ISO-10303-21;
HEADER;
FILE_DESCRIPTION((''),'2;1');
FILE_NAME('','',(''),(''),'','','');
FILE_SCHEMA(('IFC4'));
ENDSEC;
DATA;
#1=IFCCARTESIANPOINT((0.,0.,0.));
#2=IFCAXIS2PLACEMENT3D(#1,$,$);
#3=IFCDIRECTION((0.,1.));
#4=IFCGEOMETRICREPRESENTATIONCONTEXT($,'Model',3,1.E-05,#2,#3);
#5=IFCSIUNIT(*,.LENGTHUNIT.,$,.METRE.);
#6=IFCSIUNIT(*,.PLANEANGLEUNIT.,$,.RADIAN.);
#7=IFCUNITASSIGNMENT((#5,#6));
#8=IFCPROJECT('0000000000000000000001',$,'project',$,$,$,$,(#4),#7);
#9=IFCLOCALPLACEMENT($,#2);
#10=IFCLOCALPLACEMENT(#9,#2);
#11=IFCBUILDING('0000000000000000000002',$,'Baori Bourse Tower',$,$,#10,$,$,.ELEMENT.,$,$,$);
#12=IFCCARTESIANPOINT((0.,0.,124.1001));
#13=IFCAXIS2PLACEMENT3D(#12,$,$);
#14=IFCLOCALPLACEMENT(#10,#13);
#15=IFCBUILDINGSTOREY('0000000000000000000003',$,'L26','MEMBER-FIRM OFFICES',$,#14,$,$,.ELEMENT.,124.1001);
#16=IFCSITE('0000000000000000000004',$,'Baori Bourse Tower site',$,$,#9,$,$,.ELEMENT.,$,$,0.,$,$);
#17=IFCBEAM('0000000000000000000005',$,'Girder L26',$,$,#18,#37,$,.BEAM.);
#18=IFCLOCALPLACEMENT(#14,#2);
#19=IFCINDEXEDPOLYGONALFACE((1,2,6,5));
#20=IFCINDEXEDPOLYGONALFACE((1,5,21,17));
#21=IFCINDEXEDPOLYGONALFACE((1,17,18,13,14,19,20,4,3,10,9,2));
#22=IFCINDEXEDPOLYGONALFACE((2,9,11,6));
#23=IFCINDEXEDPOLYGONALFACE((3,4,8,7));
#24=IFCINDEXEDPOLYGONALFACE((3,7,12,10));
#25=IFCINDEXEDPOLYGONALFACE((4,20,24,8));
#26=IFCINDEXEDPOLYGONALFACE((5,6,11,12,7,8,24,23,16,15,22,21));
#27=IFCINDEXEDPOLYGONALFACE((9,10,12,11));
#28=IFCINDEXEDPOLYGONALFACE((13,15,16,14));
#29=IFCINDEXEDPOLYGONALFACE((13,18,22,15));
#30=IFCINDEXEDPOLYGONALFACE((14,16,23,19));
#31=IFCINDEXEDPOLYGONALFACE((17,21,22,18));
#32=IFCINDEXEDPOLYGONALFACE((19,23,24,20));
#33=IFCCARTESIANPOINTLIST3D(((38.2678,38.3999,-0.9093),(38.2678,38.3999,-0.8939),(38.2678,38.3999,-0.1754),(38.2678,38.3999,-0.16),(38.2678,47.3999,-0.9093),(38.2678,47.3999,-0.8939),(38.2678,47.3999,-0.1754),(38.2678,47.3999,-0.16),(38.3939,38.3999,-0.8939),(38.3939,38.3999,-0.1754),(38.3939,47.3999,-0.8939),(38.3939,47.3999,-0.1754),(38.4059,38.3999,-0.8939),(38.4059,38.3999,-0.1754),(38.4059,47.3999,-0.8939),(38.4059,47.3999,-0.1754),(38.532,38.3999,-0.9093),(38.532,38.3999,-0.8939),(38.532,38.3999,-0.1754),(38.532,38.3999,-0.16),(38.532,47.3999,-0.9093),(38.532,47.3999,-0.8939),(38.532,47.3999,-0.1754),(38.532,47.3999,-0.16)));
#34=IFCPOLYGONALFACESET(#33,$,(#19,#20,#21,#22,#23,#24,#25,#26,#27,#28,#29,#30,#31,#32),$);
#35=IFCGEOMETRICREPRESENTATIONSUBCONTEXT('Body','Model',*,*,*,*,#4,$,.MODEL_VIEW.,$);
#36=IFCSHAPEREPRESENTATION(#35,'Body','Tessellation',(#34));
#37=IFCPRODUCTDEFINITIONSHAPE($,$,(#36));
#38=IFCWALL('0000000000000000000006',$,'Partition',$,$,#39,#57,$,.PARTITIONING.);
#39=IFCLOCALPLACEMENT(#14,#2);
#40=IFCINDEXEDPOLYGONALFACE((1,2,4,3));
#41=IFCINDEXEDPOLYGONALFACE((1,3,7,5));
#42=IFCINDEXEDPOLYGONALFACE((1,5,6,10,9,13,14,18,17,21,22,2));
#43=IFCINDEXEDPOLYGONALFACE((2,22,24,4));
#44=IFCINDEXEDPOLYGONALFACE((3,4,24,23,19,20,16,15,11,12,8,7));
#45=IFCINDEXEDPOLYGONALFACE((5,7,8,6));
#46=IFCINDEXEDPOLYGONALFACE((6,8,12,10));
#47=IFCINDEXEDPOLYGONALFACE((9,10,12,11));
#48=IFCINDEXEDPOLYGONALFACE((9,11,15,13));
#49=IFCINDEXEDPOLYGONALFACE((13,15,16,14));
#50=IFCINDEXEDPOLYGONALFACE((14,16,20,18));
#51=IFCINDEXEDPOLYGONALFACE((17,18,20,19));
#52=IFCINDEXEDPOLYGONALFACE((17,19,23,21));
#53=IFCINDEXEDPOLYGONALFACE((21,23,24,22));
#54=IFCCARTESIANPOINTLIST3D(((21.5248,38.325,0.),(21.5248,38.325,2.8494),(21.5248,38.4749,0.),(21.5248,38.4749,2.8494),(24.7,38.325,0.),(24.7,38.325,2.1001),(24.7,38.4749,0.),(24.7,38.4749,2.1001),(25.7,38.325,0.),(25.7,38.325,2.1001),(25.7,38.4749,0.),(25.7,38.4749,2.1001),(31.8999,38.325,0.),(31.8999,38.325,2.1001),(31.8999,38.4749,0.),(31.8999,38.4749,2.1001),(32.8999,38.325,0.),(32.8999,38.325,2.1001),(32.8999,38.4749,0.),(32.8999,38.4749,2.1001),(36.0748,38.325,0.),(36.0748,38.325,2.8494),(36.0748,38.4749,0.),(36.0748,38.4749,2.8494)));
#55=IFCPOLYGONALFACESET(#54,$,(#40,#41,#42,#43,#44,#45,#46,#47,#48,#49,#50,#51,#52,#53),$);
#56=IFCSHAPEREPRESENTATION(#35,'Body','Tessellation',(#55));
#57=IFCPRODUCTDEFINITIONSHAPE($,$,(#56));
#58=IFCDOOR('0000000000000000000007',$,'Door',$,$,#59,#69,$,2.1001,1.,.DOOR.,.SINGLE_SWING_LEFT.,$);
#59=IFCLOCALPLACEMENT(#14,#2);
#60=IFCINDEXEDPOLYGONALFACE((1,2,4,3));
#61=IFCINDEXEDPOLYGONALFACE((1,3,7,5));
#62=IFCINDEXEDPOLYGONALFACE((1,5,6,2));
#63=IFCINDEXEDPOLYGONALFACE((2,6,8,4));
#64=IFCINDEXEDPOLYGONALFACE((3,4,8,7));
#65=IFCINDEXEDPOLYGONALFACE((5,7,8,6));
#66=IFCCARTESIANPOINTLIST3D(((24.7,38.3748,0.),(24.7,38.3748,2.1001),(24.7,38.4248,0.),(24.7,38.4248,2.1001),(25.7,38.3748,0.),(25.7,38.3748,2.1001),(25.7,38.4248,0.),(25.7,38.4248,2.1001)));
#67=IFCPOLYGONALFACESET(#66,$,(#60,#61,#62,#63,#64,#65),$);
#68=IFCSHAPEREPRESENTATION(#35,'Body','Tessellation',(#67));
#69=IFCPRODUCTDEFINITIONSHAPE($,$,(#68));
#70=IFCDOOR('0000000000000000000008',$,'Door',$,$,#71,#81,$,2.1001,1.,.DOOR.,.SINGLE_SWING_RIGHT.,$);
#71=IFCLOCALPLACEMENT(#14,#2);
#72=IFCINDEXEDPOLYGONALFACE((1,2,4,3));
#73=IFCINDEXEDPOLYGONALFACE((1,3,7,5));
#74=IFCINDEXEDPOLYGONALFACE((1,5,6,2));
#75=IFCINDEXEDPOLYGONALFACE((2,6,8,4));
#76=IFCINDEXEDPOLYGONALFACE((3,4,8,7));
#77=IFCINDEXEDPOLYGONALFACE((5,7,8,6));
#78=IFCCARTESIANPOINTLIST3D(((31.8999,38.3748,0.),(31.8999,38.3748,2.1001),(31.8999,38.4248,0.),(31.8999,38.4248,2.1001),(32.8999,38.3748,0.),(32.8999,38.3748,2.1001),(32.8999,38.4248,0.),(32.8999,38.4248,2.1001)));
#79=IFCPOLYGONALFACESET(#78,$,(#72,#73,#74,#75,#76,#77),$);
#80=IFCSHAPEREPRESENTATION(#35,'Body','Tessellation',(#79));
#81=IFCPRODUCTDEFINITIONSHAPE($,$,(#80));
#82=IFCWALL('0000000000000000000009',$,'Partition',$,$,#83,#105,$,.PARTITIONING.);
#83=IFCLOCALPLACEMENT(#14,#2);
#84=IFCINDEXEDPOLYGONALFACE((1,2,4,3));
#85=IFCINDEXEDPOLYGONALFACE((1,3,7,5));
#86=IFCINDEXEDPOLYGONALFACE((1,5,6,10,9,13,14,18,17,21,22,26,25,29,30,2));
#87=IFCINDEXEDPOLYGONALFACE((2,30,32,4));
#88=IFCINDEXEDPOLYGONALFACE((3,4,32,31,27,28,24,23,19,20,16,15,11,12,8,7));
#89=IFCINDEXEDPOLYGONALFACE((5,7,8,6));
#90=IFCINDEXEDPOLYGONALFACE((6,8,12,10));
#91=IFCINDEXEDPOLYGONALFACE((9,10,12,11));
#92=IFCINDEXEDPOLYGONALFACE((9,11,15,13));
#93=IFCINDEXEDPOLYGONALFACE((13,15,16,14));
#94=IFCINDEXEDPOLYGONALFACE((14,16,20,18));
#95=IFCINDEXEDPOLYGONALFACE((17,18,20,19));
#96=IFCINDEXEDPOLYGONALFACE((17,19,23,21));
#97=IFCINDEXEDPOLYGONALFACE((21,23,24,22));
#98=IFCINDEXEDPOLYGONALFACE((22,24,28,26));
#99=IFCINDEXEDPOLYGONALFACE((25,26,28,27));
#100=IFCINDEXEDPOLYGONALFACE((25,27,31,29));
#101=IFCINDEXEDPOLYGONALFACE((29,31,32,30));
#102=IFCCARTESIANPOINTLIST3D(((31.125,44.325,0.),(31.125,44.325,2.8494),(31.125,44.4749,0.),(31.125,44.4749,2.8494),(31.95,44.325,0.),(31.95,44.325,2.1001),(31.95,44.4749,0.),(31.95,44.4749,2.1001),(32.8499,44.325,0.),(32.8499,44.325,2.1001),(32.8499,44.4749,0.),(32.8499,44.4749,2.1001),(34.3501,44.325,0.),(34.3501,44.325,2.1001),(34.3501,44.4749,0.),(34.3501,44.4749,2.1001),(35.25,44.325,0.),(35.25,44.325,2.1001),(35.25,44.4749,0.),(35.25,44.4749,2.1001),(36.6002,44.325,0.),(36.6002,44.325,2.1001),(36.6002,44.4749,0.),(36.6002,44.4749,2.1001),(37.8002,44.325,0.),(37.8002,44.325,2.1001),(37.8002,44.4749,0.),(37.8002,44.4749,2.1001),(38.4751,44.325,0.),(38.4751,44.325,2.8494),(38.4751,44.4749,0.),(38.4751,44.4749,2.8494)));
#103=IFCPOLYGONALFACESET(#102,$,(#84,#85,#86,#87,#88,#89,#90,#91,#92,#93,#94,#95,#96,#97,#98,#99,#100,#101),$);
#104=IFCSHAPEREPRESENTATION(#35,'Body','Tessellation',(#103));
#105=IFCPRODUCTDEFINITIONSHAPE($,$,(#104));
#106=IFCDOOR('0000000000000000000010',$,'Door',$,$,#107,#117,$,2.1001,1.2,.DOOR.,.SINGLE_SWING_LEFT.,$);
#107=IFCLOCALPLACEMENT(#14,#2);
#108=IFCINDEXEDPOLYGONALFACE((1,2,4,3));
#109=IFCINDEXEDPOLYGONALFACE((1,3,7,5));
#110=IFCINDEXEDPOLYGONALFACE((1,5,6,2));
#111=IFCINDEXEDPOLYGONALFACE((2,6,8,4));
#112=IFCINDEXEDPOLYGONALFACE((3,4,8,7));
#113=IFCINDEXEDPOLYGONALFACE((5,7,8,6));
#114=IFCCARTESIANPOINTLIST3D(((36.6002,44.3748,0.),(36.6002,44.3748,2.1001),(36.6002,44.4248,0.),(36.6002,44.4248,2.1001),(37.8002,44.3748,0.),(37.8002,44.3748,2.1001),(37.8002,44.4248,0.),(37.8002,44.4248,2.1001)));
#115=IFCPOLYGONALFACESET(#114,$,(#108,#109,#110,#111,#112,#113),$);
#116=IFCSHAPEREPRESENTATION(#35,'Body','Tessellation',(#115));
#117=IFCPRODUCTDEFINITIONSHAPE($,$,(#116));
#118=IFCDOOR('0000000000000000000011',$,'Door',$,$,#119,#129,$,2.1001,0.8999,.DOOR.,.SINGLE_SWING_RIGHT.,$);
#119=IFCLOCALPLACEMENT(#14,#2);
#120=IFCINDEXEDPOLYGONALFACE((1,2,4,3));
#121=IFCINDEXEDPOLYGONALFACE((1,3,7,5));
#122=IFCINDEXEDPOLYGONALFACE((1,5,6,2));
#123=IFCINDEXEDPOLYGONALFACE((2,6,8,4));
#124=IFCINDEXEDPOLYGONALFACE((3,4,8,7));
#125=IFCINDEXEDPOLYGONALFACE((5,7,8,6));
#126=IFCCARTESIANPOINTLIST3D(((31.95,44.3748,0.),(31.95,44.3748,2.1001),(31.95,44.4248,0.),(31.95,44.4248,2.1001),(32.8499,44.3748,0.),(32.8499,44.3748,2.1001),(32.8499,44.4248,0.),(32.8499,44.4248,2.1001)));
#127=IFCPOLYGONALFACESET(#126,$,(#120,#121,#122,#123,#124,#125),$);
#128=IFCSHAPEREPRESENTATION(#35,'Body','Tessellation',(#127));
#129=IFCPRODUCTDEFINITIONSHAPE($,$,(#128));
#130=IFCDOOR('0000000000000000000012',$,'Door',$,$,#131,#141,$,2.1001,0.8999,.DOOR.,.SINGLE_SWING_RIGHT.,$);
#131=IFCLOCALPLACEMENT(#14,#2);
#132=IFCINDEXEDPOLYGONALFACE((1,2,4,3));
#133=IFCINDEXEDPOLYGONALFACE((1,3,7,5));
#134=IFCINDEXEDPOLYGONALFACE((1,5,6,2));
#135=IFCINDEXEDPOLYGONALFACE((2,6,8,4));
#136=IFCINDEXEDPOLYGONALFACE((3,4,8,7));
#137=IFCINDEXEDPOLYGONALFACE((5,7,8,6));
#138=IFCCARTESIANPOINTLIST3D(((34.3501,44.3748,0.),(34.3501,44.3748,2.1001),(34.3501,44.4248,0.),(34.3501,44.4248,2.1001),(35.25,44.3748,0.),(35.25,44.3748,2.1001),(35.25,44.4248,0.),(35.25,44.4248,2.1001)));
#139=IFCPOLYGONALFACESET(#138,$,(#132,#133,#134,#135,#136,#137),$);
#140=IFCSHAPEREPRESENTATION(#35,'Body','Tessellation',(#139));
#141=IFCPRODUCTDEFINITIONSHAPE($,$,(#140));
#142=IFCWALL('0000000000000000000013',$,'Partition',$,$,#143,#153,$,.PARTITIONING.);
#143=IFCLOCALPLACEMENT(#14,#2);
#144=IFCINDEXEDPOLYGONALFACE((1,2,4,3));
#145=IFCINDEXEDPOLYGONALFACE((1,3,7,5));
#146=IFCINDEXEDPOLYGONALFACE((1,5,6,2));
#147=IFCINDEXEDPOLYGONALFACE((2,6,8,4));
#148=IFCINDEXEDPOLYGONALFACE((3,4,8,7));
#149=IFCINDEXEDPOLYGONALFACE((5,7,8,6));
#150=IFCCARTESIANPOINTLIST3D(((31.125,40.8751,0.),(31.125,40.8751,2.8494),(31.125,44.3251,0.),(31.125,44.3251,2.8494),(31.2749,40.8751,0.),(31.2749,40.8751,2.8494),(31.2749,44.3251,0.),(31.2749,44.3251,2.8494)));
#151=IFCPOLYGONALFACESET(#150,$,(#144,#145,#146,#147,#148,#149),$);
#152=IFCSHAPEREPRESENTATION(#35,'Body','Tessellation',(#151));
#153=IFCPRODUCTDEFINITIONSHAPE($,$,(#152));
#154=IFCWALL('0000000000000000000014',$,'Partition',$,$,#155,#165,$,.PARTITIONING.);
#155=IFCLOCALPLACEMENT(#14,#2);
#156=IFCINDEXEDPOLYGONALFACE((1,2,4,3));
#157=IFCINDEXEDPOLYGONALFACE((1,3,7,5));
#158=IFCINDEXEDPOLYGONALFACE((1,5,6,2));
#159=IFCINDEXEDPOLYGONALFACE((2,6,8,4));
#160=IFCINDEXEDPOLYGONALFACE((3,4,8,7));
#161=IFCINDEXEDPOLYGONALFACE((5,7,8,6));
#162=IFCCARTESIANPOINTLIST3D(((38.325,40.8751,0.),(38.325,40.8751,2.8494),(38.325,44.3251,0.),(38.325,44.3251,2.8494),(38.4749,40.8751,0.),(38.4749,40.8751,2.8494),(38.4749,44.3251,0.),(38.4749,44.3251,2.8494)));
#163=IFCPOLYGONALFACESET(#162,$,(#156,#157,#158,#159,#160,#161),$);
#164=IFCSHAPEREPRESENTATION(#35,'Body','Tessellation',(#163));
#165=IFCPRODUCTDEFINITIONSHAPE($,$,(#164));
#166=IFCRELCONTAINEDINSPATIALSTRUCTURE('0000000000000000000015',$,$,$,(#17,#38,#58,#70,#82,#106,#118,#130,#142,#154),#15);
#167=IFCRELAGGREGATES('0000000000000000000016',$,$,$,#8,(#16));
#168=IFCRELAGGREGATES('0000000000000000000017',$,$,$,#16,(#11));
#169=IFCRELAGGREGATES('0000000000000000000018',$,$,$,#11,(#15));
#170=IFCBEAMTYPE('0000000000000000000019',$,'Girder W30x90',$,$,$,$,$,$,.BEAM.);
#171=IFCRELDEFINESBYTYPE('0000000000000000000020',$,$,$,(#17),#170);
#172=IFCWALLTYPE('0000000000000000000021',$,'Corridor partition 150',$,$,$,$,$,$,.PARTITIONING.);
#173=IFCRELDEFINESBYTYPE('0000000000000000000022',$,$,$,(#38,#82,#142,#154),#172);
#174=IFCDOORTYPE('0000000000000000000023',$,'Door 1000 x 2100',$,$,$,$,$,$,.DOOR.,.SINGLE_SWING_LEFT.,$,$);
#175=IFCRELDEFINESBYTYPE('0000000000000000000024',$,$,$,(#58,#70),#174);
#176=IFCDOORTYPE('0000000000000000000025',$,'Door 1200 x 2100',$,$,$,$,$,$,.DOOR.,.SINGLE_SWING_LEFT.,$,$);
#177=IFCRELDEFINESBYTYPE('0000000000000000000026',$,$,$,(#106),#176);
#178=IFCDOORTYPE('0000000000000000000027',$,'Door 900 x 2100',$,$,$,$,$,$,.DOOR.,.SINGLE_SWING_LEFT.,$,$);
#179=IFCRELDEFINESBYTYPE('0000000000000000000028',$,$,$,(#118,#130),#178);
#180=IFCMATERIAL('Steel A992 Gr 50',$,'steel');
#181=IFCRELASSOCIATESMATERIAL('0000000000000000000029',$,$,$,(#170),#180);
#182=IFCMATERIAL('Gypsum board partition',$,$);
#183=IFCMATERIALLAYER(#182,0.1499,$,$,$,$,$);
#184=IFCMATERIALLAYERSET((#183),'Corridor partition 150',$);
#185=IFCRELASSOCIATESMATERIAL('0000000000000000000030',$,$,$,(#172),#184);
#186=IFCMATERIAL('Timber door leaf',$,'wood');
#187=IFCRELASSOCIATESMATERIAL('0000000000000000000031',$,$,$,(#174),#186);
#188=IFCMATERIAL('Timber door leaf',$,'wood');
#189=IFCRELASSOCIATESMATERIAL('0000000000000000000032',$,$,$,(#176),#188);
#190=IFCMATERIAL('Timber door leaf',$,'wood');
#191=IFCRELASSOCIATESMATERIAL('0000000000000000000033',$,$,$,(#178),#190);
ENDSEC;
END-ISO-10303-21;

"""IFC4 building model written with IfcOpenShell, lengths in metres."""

from ifc_helpers import new_model, si_unit, direction, frame, frame_2d, origin, origin_2d, place, context, subcontext, project, spatial, rectangle, i_section, extrude, material, layer, layer_set, material_profile, profile_set, type_object, element, fill, save


model = new_model("IFC4")

# Units and contexts
model_context = context("Model", 3, precision=1e-05, world=origin(), true_north=direction((0.0, 1.0)))
body_context = subcontext(model_context, "Body", "Model", "MODEL_VIEW")
ifc_project = project(units=[si_unit("LENGTHUNIT", "METRE"), si_unit("PLANEANGLEUNIT", "RADIAN")], contexts=[model_context])

# Site, building, storey
site_placement = place(None, origin())
site = spatial("IfcSite", under=ifc_project, at=site_placement, Name="Baori Bourse Tower site", CompositionType="ELEMENT", RefElevation=0.0)
building_placement = place(site_placement, origin())
building = spatial("IfcBuilding", under=site, at=building_placement, Name="Baori Bourse Tower", CompositionType="ELEMENT")
storey_placement = place(building_placement, frame((0.0, 0.0, 124.1001)))
storey = spatial("IfcBuildingStorey", under=building, at=storey_placement, Name="L26", Description="MEMBER-FIRM OFFICES", CompositionType="ELEMENT", Elevation=124.1001)

# Beam
ifc_material_1 = material(Name="Steel A992 Gr 50", Category="steel")
ifc_material_profile = material_profile(ifc_material_1, i_section(OverallWidth=0.2642, OverallDepth=0.7493, WebThickness=0.012, FlangeThickness=0.0154, at=origin_2d()), Name="W30x90")
ifc_profile_set = profile_set([ifc_material_profile], Name="Steel A992 Gr 50")
beam_type = type_object("IfcBeamType", Name="Girder W30x90", PredefinedType="BEAM", material=ifc_profile_set)
beam_placement = place(storey_placement, frame((38.3999, 38.3999, -0.5347), z_axis=(0.0, 1.0, 0.0), x_axis=(-1.0, 0.0, 0.0)))
element("IfcBeam", 1, at=beam_placement, inside=storey, type_object=beam_type, Name="Girder L26", PredefinedType="BEAM", context=body_context, shape_type="SweptSolid", body=[
    extrude(i_section(OverallWidth=0.2642, OverallDepth=0.7493, WebThickness=0.012, FlangeThickness=0.0154, at=origin_2d()), origin(), (0.0, 0.0, 1.0), 9.0),
])

# Walls, openings, doors
ifc_material_2 = material(Name="Gypsum board partition")
ifc_layer_1 = layer(ifc_material_2, 0.1499)
ifc_layer_set_1 = layer_set([ifc_layer_1], Name="Corridor partition 150")
wall_type_1 = type_object("IfcWallType", Name="Corridor partition 150", PredefinedType="PARTITIONING", material=ifc_layer_set_1)
wall_1_placement = place(storey_placement, frame((21.5249, 38.3999, 0.0), z_axis=(0.0, 0.0, 1.0), x_axis=(1.0, 0.0, 0.0)))
wall_1 = element("IfcWall", 2, at=wall_1_placement, inside=storey, type_object=wall_type_1, Name="Partition", PredefinedType="PARTITIONING", context=body_context, shape_type="SweptSolid", body=[
    extrude(rectangle(XDim=14.55, YDim=0.1499, at=frame_2d((7.2749, 0.0))), origin(), (0.0, 0.0, 1.0), 2.8494),
])
opening_1_placement = place(wall_1_placement, frame((3.175, 0.0, 0.0)))
opening_1 = element("IfcOpeningElement", 3, at=opening_1_placement, cuts=wall_1, PredefinedType="OPENING", context=body_context, shape_type="SweptSolid", body=[
    extrude(rectangle(XDim=1.0, YDim=2.1001, at=frame_2d((0.5, 1.05))), frame((0.0, 0.085, 0.0), z_axis=(0.0, -1.0, 0.0), x_axis=(1.0, 0.0, 0.0)), (0.0, 0.0, 1.0), 0.1699),
])
opening_2_placement = place(wall_1_placement, frame((10.375, 0.0, 0.0)))
opening_2 = element("IfcOpeningElement", 4, at=opening_2_placement, cuts=wall_1, PredefinedType="OPENING", context=body_context, shape_type="SweptSolid", body=[
    extrude(rectangle(XDim=1.0, YDim=2.1001, at=frame_2d((0.5, 1.05))), frame((0.0, 0.085, 0.0), z_axis=(0.0, -1.0, 0.0), x_axis=(1.0, 0.0, 0.0)), (0.0, 0.0, 1.0), 0.1699),
])
ifc_material_3 = material(Name="Timber door leaf", Category="wood")
door_type_1 = type_object("IfcDoorType", Name="Door 1000 x 2100", OperationType="SINGLE_SWING_LEFT", PredefinedType="DOOR", material=ifc_material_3)
door_1_placement = place(opening_1_placement, origin())
door_1 = element("IfcDoor", 5, at=door_1_placement, inside=storey, type_object=door_type_1, Name="Door", OperationType="SINGLE_SWING_LEFT", OverallHeight=2.1001, OverallWidth=1.0, PredefinedType="DOOR", context=body_context, shape_type="SweptSolid", body=[
    extrude(rectangle(XDim=1.0, YDim=2.1001, at=frame_2d((0.5, 1.05))), frame((0.0, 0.0249, 0.0), z_axis=(0.0, -1.0, 0.0), x_axis=(1.0, 0.0, 0.0)), (0.0, 0.0, 1.0), 0.05),
])
fill(opening_1, door_1)
door_2_placement = place(opening_2_placement, origin())
door_2 = element("IfcDoor", 6, at=door_2_placement, inside=storey, type_object=door_type_1, Name="Door", OperationType="SINGLE_SWING_RIGHT", OverallHeight=2.1001, OverallWidth=1.0, PredefinedType="DOOR", context=body_context, shape_type="SweptSolid", body=[
    extrude(rectangle(XDim=1.0, YDim=2.1001, at=frame_2d((0.5, 1.05))), frame((0.0, 0.0249, 0.0), z_axis=(0.0, -1.0, 0.0), x_axis=(1.0, 0.0, 0.0)), (0.0, 0.0, 1.0), 0.05),
])
fill(opening_2, door_2)
wall_2_placement = place(storey_placement, frame((31.125, 44.3999, 0.0), z_axis=(0.0, 0.0, 1.0), x_axis=(1.0, 0.0, 0.0)))
wall_2 = element("IfcWall", 7, at=wall_2_placement, inside=storey, type_object=wall_type_1, Name="Partition", PredefinedType="PARTITIONING", context=body_context, shape_type="SweptSolid", body=[
    extrude(rectangle(XDim=7.3501, YDim=0.1499, at=frame_2d((3.675, 0.0))), origin(), (0.0, 0.0, 1.0), 2.8494),
])
opening_3_placement = place(wall_2_placement, frame((0.825, 0.0, 0.0)))
opening_3 = element("IfcOpeningElement", 8, at=opening_3_placement, cuts=wall_2, PredefinedType="OPENING", context=body_context, shape_type="SweptSolid", body=[
    extrude(rectangle(XDim=0.8999, YDim=2.1001, at=frame_2d((0.45, 1.05))), frame((0.0, 0.085, 0.0), z_axis=(0.0, -1.0, 0.0), x_axis=(1.0, 0.0, 0.0)), (0.0, 0.0, 1.0), 0.1699),
])
opening_4_placement = place(wall_2_placement, frame((3.2251, 0.0, 0.0)))
opening_4 = element("IfcOpeningElement", 9, at=opening_4_placement, cuts=wall_2, PredefinedType="OPENING", context=body_context, shape_type="SweptSolid", body=[
    extrude(rectangle(XDim=0.8999, YDim=2.1001, at=frame_2d((0.45, 1.05))), frame((0.0, 0.085, 0.0), z_axis=(0.0, -1.0, 0.0), x_axis=(1.0, 0.0, 0.0)), (0.0, 0.0, 1.0), 0.1699),
])
opening_5_placement = place(wall_2_placement, frame((5.4751, 0.0, 0.0)))
opening_5 = element("IfcOpeningElement", 10, at=opening_5_placement, cuts=wall_2, PredefinedType="OPENING", context=body_context, shape_type="SweptSolid", body=[
    extrude(rectangle(XDim=1.2, YDim=2.1001, at=frame_2d((0.6001, 1.05))), frame((0.0, 0.085, 0.0), z_axis=(0.0, -1.0, 0.0), x_axis=(1.0, 0.0, 0.0)), (0.0, 0.0, 1.0), 0.1699),
])
ifc_material_4 = material(Name="Timber door leaf", Category="wood")
door_type_2 = type_object("IfcDoorType", Name="Door 1200 x 2100", OperationType="SINGLE_SWING_LEFT", PredefinedType="DOOR", material=ifc_material_4)
door_3_placement = place(opening_5_placement, origin())
door_3 = element("IfcDoor", 11, at=door_3_placement, inside=storey, type_object=door_type_2, Name="Door", OperationType="SINGLE_SWING_LEFT", OverallHeight=2.1001, OverallWidth=1.2, PredefinedType="DOOR", context=body_context, shape_type="SweptSolid", body=[
    extrude(rectangle(XDim=1.2, YDim=2.1001, at=frame_2d((0.6001, 1.05))), frame((0.0, 0.0249, 0.0), z_axis=(0.0, -1.0, 0.0), x_axis=(1.0, 0.0, 0.0)), (0.0, 0.0, 1.0), 0.05),
])
fill(opening_5, door_3)
ifc_material_5 = material(Name="Timber door leaf", Category="wood")
door_type_3 = type_object("IfcDoorType", Name="Door 900 x 2100", OperationType="SINGLE_SWING_LEFT", PredefinedType="DOOR", material=ifc_material_5)
door_4_placement = place(opening_3_placement, origin())
door_4 = element("IfcDoor", 12, at=door_4_placement, inside=storey, type_object=door_type_3, Name="Door", OperationType="SINGLE_SWING_RIGHT", OverallHeight=2.1001, OverallWidth=0.8999, PredefinedType="DOOR", context=body_context, shape_type="SweptSolid", body=[
    extrude(rectangle(XDim=0.8999, YDim=2.1001, at=frame_2d((0.45, 1.05))), frame((0.0, 0.0249, 0.0), z_axis=(0.0, -1.0, 0.0), x_axis=(1.0, 0.0, 0.0)), (0.0, 0.0, 1.0), 0.05),
])
fill(opening_3, door_4)
door_5_placement = place(opening_4_placement, origin())
door_5 = element("IfcDoor", 13, at=door_5_placement, inside=storey, type_object=door_type_3, Name="Door", OperationType="SINGLE_SWING_RIGHT", OverallHeight=2.1001, OverallWidth=0.8999, PredefinedType="DOOR", context=body_context, shape_type="SweptSolid", body=[
    extrude(rectangle(XDim=0.8999, YDim=2.1001, at=frame_2d((0.45, 1.05))), frame((0.0, 0.0249, 0.0), z_axis=(0.0, -1.0, 0.0), x_axis=(1.0, 0.0, 0.0)), (0.0, 0.0, 1.0), 0.05),
])
fill(opening_4, door_5)

# Walls
for number, where, z_axis, x_axis, name in (
    (14, (31.2, 40.875, 0.0), (0.0, 0.0, 1.0), (0.0, 1.0, 0.0), "Partition"),
    (15, (38.3999, 40.875, 0.0), (0.0, 0.0, 1.0), (0.0, 1.0, 0.0), "Partition"),
):
    element("IfcWall", number, at=place(storey_placement, frame(where, z_axis=z_axis, x_axis=x_axis)), inside=storey, type_object=wall_type_1, Name=name, PredefinedType="PARTITIONING", context=body_context, shape_type="SweptSolid", body=[
        extrude(rectangle(XDim=3.45, YDim=0.1499, at=frame_2d((1.7251, 0.0))), origin(), (0.0, 0.0, 1.0), 2.8494),
    ])

save(model, "model.ifc")
